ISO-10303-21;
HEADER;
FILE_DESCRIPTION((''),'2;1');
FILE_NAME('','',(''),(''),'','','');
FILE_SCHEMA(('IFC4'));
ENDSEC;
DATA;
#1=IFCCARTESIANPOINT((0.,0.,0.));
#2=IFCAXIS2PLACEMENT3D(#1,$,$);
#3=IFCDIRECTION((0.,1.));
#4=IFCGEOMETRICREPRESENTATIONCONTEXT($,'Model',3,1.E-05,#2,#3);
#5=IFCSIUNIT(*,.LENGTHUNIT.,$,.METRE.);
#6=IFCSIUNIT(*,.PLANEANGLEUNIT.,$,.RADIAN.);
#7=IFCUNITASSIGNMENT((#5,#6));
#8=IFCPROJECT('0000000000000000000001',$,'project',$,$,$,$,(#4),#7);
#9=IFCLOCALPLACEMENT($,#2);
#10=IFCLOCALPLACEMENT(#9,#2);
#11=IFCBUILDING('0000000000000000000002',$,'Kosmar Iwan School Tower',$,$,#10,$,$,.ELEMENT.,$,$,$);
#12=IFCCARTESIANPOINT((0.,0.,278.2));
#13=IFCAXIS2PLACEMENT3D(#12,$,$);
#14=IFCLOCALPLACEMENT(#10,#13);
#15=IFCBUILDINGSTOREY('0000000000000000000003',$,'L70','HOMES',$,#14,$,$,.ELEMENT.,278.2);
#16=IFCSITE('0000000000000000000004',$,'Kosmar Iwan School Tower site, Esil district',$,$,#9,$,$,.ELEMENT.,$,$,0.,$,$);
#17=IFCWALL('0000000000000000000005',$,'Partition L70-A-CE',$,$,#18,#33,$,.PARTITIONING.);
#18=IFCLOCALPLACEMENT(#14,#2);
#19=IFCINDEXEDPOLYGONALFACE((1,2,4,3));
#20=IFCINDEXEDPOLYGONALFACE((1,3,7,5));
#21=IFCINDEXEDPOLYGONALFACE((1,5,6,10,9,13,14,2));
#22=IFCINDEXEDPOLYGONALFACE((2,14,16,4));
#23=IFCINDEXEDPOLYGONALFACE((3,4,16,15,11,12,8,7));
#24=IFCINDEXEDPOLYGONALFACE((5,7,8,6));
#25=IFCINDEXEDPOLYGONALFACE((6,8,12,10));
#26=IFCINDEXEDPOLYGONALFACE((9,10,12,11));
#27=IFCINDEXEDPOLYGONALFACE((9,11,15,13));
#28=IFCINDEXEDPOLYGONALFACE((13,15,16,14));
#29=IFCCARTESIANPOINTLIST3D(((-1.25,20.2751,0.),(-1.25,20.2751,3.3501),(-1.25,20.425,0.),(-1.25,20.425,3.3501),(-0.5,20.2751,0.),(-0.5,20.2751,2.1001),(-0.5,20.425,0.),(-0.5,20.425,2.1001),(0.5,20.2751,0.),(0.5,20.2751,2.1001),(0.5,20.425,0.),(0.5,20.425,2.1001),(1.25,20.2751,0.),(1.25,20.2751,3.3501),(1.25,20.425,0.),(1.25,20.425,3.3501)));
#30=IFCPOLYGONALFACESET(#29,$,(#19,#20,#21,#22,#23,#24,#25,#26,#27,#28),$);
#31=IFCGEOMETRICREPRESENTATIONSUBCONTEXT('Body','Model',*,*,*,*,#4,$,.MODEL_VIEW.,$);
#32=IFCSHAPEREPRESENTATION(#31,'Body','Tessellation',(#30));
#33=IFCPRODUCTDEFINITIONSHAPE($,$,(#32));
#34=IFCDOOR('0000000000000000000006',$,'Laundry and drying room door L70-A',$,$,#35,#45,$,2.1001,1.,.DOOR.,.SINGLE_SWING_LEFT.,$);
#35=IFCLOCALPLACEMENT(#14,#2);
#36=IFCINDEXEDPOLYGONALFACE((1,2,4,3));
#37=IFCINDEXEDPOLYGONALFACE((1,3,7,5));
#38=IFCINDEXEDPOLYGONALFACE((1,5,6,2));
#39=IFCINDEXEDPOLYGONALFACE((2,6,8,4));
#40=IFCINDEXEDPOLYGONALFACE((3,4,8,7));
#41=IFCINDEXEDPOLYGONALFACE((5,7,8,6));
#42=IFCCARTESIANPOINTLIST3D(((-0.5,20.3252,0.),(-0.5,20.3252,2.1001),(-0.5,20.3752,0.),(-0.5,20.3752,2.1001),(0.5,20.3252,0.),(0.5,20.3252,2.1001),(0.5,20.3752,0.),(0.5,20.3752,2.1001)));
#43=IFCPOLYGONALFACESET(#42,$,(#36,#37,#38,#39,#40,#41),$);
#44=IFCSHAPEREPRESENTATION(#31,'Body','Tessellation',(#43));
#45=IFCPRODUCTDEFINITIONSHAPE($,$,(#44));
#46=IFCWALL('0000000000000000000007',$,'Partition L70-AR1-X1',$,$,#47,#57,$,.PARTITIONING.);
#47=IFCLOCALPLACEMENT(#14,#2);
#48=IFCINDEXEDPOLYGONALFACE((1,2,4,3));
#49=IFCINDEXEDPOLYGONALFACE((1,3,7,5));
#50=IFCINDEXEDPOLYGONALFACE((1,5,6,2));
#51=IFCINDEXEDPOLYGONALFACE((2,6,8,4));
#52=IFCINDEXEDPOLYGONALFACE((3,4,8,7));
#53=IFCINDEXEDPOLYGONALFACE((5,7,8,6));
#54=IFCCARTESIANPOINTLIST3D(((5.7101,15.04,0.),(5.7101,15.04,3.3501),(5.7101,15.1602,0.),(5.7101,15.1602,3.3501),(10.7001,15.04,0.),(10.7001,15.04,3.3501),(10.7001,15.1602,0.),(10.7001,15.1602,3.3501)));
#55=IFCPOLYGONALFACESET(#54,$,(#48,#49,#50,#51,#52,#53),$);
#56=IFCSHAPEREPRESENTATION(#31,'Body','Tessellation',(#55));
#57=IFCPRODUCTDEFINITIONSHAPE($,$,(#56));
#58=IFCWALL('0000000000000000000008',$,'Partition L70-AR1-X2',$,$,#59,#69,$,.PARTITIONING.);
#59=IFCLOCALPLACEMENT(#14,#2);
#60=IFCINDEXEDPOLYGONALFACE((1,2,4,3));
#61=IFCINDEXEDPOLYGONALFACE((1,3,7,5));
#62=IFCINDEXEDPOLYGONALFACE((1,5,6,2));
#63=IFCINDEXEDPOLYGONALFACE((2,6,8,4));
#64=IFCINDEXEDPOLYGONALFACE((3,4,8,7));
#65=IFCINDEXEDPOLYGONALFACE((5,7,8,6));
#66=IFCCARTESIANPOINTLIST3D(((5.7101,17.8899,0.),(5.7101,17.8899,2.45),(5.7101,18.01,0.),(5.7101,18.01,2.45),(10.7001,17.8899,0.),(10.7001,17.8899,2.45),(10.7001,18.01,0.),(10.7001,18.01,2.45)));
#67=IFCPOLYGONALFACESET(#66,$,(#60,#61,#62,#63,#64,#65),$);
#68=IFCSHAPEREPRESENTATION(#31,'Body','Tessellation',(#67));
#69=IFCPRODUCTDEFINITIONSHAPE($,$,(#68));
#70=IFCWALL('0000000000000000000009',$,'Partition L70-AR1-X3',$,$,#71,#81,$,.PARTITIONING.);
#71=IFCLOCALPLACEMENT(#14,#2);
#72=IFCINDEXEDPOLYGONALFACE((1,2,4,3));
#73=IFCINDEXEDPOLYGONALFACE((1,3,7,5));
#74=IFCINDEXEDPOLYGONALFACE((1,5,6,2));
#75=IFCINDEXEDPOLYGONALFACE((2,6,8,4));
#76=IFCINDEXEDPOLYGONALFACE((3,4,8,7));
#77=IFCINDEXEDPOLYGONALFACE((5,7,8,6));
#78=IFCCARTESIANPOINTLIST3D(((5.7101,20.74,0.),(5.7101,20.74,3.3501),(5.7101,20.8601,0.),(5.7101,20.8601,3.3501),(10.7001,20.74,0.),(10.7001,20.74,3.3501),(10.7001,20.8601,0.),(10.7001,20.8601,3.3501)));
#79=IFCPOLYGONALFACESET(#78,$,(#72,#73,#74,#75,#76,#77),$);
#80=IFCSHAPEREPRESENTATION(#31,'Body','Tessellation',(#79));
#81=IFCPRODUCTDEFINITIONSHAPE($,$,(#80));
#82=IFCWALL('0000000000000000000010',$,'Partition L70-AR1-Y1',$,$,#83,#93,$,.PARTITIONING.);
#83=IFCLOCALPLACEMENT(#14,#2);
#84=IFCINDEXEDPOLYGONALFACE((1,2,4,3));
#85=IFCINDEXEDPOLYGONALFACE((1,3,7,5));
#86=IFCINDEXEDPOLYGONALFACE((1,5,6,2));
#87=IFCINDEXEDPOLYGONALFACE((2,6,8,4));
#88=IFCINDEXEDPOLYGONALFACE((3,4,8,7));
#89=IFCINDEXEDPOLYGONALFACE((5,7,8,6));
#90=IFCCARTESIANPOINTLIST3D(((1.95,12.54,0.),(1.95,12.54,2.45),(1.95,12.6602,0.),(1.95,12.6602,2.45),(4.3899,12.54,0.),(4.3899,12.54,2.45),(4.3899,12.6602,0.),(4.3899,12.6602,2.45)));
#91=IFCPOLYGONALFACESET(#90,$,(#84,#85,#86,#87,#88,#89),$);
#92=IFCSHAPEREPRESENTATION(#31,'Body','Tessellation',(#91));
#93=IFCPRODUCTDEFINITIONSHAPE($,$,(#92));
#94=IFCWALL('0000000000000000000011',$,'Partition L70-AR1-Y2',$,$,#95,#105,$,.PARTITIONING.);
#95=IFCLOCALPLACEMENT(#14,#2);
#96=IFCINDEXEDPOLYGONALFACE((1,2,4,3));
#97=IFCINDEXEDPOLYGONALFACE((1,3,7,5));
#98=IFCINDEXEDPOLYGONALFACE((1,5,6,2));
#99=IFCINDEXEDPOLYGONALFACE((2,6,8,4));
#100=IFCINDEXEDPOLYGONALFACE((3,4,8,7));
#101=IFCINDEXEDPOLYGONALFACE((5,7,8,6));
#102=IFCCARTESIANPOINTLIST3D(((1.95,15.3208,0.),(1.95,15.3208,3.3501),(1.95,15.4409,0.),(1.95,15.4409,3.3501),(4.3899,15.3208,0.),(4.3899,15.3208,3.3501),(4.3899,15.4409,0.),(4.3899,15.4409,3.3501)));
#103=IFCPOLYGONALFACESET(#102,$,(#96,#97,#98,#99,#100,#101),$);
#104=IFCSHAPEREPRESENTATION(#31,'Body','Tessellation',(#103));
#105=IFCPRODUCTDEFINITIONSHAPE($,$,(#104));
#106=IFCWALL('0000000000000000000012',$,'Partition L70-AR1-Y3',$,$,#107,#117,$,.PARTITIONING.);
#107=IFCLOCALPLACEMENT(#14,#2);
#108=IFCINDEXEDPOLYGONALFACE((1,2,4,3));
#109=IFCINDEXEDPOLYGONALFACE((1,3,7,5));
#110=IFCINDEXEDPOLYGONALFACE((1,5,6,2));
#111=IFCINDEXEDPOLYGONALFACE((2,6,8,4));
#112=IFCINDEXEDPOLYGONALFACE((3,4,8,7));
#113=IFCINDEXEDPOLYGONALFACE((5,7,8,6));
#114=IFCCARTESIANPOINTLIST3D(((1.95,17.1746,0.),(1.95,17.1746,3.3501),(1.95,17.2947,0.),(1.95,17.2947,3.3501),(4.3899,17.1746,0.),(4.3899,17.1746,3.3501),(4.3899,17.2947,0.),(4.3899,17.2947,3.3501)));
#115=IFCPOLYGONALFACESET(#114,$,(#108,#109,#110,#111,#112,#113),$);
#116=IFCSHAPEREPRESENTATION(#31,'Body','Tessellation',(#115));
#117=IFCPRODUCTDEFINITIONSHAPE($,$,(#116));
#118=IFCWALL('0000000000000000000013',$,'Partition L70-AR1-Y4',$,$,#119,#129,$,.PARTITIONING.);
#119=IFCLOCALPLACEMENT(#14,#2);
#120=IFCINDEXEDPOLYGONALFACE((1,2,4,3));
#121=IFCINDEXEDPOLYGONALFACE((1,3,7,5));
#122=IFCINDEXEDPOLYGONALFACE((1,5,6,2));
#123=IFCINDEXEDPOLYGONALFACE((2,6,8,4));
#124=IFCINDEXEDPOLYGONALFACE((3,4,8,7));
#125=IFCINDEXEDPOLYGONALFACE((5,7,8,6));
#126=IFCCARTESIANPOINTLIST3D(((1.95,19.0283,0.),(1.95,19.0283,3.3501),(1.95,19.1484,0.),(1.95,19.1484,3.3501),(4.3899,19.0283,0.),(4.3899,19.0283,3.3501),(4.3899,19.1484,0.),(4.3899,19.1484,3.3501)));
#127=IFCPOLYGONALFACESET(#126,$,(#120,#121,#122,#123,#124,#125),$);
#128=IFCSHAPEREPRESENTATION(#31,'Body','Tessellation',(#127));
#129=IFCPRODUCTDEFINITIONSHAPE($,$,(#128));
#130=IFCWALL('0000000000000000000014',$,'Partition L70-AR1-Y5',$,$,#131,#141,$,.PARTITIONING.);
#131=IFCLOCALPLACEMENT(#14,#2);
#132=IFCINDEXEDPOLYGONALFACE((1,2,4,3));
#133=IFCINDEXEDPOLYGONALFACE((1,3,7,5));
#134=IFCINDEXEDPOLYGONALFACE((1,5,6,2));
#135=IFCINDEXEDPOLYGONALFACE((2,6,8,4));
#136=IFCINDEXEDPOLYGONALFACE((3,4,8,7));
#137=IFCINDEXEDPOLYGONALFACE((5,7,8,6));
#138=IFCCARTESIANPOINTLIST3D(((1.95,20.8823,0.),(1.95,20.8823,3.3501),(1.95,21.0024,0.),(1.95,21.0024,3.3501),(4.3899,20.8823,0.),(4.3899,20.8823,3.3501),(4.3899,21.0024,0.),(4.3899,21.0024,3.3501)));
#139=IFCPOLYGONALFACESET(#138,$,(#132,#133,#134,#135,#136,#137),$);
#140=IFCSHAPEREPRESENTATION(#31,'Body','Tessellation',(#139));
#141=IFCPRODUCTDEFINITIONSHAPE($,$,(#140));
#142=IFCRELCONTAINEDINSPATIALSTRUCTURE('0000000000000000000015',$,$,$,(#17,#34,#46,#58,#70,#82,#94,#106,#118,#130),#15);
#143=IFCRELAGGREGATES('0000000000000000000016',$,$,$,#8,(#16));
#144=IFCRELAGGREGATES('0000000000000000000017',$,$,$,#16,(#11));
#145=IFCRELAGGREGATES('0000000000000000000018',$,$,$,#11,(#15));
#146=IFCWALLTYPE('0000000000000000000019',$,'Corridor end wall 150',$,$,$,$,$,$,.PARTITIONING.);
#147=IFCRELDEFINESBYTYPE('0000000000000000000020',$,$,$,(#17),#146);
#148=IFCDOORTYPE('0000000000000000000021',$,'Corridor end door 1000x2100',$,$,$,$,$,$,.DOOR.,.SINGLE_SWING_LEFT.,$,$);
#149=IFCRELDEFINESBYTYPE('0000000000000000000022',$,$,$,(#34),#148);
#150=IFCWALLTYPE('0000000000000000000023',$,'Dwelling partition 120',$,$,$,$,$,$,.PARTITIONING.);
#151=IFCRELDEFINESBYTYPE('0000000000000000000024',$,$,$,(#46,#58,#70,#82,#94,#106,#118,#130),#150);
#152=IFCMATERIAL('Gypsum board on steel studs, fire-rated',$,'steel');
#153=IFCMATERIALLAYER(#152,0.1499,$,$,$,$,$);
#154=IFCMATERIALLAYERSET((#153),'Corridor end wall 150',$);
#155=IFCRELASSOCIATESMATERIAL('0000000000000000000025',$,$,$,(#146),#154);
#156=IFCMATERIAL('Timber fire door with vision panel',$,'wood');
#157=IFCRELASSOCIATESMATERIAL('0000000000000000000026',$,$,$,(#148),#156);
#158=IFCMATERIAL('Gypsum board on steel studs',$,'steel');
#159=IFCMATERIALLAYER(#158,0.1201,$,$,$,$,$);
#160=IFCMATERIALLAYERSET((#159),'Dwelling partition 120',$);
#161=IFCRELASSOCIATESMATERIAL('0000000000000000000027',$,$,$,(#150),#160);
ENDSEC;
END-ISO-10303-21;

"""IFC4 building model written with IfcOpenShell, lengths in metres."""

from ifc_helpers import new_model, si_unit, direction, frame, frame_2d, origin, place, context, subcontext, project, spatial, rectangle, extrude, material, layer, layer_set, type_object, element, fill, save


model = new_model("IFC4")

# Units and contexts
model_context = context("Model", 3, precision=1e-05, world=origin(), true_north=direction((0.0, 1.0)))
body_context = subcontext(model_context, "Body", "Model", "MODEL_VIEW")
ifc_project = project(units=[si_unit("LENGTHUNIT", "METRE"), si_unit("PLANEANGLEUNIT", "RADIAN")], contexts=[model_context])

# Site, building, storey
site_placement = place(None, origin())
site = spatial("IfcSite", under=ifc_project, at=site_placement, Name="Kosmar Iwan School Tower site, Esil district", CompositionType="ELEMENT", RefElevation=0.0)
building_placement = place(site_placement, origin())
building = spatial("IfcBuilding", under=site, at=building_placement, Name="Kosmar Iwan School Tower", CompositionType="ELEMENT")
storey_placement = place(building_placement, frame((0.0, 0.0, 278.2)))
storey = spatial("IfcBuildingStorey", under=building, at=storey_placement, Name="L70", Description="HOMES", CompositionType="ELEMENT", Elevation=278.2)

# Wall, opening, door
ifc_material_1 = material(Name="Gypsum board on steel studs, fire-rated", Category="steel")
ifc_layer_1 = layer(ifc_material_1, 0.1499)
ifc_layer_set_1 = layer_set([ifc_layer_1], Name="Corridor end wall 150")
wall_type_1 = type_object("IfcWallType", Name="Corridor end wall 150", PredefinedType="PARTITIONING", material=ifc_layer_set_1)
wall_1_placement = place(storey_placement, frame((1.25, 20.3501, 0.0), z_axis=(0.0, 0.0, 1.0), x_axis=(-1.0, 0.0, 0.0)))
wall_1 = element("IfcWall", 1, at=wall_1_placement, inside=storey, type_object=wall_type_1, Name="Partition L70-A-CE", PredefinedType="PARTITIONING", context=body_context, shape_type="SweptSolid", body=[
    extrude(rectangle(XDim=2.5, YDim=0.1499, at=frame_2d((1.25, 0.0))), origin(), (0.0, 0.0, 1.0), 3.3501),
])
opening_placement = place(wall_1_placement, frame((0.75, 0.0, 0.0)))
opening = element("IfcOpeningElement", 2, at=opening_placement, cuts=wall_1, PredefinedType="OPENING", context=body_context, shape_type="SweptSolid", body=[
    extrude(rectangle(XDim=1.0, YDim=2.1001, at=frame_2d((0.5, 1.05))), frame((0.0, 0.0869, 0.0), z_axis=(0.0, -1.0, 0.0), x_axis=(1.0, 0.0, 0.0)), (0.0, 0.0, 1.0), 0.1738),
])
ifc_material_2 = material(Name="Timber fire door with vision panel", Category="wood")
door_type = type_object("IfcDoorType", Name="Corridor end door 1000x2100", OperationType="SINGLE_SWING_LEFT", PredefinedType="DOOR", material=ifc_material_2)
door_placement = place(opening_placement, origin())
door = element("IfcDoor", 3, at=door_placement, inside=storey, type_object=door_type, Name="Laundry and drying room door L70-A", OperationType="SINGLE_SWING_LEFT", OverallHeight=2.1001, OverallWidth=1.0, PredefinedType="DOOR", context=body_context, shape_type="SweptSolid", body=[
    extrude(rectangle(XDim=1.0, YDim=2.1001, at=frame_2d((0.5, 1.05))), frame((0.0, 0.0249, 0.0), z_axis=(0.0, -1.0, 0.0), x_axis=(1.0, 0.0, 0.0)), (0.0, 0.0, 1.0), 0.05),
])
fill(opening, door)

# Walls
ifc_material_3 = material(Name="Gypsum board on steel studs", Category="steel")
ifc_layer_2 = layer(ifc_material_3, 0.1201)
ifc_layer_set_2 = layer_set([ifc_layer_2], Name="Dwelling partition 120")
wall_type_2 = type_object("IfcWallType", Name="Dwelling partition 120", PredefinedType="PARTITIONING", material=ifc_layer_set_2)
wall_2_placement = place(storey_placement, frame((5.71, 15.1001, 0.0), z_axis=(0.0, 0.0, 1.0), x_axis=(1.0, 0.0, 0.0)))
element("IfcWall", 4, at=wall_2_placement, inside=storey, type_object=wall_type_2, Name="Partition L70-AR1-X1", PredefinedType="PARTITIONING", context=body_context, shape_type="SweptSolid", body=[
    extrude(rectangle(XDim=4.99, YDim=0.1201, at=frame_2d((2.4951, 0.0))), origin(), (0.0, 0.0, 1.0), 3.3501),
])
wall_3_placement = place(storey_placement, frame((5.71, 17.95, 0.0), z_axis=(0.0, 0.0, 1.0), x_axis=(1.0, 0.0, 0.0)))
element("IfcWall", 5, at=wall_3_placement, inside=storey, type_object=wall_type_2, Name="Partition L70-AR1-X2", PredefinedType="PARTITIONING", context=body_context, shape_type="SweptSolid", body=[
    extrude(rectangle(XDim=4.99, YDim=0.1201, at=frame_2d((2.4951, 0.0))), origin(), (0.0, 0.0, 1.0), 2.45),
])
wall_4_placement = place(storey_placement, frame((5.71, 20.8, 0.0), z_axis=(0.0, 0.0, 1.0), x_axis=(1.0, 0.0, 0.0)))
element("IfcWall", 6, at=wall_4_placement, inside=storey, type_object=wall_type_2, Name="Partition L70-AR1-X3", PredefinedType="PARTITIONING", context=body_context, shape_type="SweptSolid", body=[
    extrude(rectangle(XDim=4.99, YDim=0.1201, at=frame_2d((2.4951, 0.0))), origin(), (0.0, 0.0, 1.0), 3.3501),
])
wall_5_placement = place(storey_placement, frame((1.95, 12.6001, 0.0), z_axis=(0.0, 0.0, 1.0), x_axis=(1.0, 0.0, 0.0)))
element("IfcWall", 7, at=wall_5_placement, inside=storey, type_object=wall_type_2, Name="Partition L70-AR1-Y1", PredefinedType="PARTITIONING", context=body_context, shape_type="SweptSolid", body=[
    extrude(rectangle(XDim=2.4399, YDim=0.1201, at=frame_2d((1.22, 0.0))), origin(), (0.0, 0.0, 1.0), 2.45),
])
for number, where, z_axis, x_axis, name in (
    (8, (1.95, 15.3809, 0.0), (0.0, 0.0, 1.0), (1.0, 0.0, 0.0), "Partition L70-AR1-Y2"),
    (9, (1.95, 17.2346, 0.0), (0.0, 0.0, 1.0), (1.0, 0.0, 0.0), "Partition L70-AR1-Y3"),
    (10, (1.95, 19.0884, 0.0), (0.0, 0.0, 1.0), (1.0, 0.0, 0.0), "Partition L70-AR1-Y4"),
    (11, (1.95, 20.9424, 0.0), (0.0, 0.0, 1.0), (1.0, 0.0, 0.0), "Partition L70-AR1-Y5"),
):
    element("IfcWall", number, at=place(storey_placement, frame(where, z_axis=z_axis, x_axis=x_axis)), inside=storey, type_object=wall_type_2, Name=name, PredefinedType="PARTITIONING", context=body_context, shape_type="SweptSolid", body=[
        extrude(rectangle(XDim=2.4399, YDim=0.1201, at=frame_2d((1.22, 0.0))), origin(), (0.0, 0.0, 1.0), 3.3501),
    ])

save(model, "model.ifc")
